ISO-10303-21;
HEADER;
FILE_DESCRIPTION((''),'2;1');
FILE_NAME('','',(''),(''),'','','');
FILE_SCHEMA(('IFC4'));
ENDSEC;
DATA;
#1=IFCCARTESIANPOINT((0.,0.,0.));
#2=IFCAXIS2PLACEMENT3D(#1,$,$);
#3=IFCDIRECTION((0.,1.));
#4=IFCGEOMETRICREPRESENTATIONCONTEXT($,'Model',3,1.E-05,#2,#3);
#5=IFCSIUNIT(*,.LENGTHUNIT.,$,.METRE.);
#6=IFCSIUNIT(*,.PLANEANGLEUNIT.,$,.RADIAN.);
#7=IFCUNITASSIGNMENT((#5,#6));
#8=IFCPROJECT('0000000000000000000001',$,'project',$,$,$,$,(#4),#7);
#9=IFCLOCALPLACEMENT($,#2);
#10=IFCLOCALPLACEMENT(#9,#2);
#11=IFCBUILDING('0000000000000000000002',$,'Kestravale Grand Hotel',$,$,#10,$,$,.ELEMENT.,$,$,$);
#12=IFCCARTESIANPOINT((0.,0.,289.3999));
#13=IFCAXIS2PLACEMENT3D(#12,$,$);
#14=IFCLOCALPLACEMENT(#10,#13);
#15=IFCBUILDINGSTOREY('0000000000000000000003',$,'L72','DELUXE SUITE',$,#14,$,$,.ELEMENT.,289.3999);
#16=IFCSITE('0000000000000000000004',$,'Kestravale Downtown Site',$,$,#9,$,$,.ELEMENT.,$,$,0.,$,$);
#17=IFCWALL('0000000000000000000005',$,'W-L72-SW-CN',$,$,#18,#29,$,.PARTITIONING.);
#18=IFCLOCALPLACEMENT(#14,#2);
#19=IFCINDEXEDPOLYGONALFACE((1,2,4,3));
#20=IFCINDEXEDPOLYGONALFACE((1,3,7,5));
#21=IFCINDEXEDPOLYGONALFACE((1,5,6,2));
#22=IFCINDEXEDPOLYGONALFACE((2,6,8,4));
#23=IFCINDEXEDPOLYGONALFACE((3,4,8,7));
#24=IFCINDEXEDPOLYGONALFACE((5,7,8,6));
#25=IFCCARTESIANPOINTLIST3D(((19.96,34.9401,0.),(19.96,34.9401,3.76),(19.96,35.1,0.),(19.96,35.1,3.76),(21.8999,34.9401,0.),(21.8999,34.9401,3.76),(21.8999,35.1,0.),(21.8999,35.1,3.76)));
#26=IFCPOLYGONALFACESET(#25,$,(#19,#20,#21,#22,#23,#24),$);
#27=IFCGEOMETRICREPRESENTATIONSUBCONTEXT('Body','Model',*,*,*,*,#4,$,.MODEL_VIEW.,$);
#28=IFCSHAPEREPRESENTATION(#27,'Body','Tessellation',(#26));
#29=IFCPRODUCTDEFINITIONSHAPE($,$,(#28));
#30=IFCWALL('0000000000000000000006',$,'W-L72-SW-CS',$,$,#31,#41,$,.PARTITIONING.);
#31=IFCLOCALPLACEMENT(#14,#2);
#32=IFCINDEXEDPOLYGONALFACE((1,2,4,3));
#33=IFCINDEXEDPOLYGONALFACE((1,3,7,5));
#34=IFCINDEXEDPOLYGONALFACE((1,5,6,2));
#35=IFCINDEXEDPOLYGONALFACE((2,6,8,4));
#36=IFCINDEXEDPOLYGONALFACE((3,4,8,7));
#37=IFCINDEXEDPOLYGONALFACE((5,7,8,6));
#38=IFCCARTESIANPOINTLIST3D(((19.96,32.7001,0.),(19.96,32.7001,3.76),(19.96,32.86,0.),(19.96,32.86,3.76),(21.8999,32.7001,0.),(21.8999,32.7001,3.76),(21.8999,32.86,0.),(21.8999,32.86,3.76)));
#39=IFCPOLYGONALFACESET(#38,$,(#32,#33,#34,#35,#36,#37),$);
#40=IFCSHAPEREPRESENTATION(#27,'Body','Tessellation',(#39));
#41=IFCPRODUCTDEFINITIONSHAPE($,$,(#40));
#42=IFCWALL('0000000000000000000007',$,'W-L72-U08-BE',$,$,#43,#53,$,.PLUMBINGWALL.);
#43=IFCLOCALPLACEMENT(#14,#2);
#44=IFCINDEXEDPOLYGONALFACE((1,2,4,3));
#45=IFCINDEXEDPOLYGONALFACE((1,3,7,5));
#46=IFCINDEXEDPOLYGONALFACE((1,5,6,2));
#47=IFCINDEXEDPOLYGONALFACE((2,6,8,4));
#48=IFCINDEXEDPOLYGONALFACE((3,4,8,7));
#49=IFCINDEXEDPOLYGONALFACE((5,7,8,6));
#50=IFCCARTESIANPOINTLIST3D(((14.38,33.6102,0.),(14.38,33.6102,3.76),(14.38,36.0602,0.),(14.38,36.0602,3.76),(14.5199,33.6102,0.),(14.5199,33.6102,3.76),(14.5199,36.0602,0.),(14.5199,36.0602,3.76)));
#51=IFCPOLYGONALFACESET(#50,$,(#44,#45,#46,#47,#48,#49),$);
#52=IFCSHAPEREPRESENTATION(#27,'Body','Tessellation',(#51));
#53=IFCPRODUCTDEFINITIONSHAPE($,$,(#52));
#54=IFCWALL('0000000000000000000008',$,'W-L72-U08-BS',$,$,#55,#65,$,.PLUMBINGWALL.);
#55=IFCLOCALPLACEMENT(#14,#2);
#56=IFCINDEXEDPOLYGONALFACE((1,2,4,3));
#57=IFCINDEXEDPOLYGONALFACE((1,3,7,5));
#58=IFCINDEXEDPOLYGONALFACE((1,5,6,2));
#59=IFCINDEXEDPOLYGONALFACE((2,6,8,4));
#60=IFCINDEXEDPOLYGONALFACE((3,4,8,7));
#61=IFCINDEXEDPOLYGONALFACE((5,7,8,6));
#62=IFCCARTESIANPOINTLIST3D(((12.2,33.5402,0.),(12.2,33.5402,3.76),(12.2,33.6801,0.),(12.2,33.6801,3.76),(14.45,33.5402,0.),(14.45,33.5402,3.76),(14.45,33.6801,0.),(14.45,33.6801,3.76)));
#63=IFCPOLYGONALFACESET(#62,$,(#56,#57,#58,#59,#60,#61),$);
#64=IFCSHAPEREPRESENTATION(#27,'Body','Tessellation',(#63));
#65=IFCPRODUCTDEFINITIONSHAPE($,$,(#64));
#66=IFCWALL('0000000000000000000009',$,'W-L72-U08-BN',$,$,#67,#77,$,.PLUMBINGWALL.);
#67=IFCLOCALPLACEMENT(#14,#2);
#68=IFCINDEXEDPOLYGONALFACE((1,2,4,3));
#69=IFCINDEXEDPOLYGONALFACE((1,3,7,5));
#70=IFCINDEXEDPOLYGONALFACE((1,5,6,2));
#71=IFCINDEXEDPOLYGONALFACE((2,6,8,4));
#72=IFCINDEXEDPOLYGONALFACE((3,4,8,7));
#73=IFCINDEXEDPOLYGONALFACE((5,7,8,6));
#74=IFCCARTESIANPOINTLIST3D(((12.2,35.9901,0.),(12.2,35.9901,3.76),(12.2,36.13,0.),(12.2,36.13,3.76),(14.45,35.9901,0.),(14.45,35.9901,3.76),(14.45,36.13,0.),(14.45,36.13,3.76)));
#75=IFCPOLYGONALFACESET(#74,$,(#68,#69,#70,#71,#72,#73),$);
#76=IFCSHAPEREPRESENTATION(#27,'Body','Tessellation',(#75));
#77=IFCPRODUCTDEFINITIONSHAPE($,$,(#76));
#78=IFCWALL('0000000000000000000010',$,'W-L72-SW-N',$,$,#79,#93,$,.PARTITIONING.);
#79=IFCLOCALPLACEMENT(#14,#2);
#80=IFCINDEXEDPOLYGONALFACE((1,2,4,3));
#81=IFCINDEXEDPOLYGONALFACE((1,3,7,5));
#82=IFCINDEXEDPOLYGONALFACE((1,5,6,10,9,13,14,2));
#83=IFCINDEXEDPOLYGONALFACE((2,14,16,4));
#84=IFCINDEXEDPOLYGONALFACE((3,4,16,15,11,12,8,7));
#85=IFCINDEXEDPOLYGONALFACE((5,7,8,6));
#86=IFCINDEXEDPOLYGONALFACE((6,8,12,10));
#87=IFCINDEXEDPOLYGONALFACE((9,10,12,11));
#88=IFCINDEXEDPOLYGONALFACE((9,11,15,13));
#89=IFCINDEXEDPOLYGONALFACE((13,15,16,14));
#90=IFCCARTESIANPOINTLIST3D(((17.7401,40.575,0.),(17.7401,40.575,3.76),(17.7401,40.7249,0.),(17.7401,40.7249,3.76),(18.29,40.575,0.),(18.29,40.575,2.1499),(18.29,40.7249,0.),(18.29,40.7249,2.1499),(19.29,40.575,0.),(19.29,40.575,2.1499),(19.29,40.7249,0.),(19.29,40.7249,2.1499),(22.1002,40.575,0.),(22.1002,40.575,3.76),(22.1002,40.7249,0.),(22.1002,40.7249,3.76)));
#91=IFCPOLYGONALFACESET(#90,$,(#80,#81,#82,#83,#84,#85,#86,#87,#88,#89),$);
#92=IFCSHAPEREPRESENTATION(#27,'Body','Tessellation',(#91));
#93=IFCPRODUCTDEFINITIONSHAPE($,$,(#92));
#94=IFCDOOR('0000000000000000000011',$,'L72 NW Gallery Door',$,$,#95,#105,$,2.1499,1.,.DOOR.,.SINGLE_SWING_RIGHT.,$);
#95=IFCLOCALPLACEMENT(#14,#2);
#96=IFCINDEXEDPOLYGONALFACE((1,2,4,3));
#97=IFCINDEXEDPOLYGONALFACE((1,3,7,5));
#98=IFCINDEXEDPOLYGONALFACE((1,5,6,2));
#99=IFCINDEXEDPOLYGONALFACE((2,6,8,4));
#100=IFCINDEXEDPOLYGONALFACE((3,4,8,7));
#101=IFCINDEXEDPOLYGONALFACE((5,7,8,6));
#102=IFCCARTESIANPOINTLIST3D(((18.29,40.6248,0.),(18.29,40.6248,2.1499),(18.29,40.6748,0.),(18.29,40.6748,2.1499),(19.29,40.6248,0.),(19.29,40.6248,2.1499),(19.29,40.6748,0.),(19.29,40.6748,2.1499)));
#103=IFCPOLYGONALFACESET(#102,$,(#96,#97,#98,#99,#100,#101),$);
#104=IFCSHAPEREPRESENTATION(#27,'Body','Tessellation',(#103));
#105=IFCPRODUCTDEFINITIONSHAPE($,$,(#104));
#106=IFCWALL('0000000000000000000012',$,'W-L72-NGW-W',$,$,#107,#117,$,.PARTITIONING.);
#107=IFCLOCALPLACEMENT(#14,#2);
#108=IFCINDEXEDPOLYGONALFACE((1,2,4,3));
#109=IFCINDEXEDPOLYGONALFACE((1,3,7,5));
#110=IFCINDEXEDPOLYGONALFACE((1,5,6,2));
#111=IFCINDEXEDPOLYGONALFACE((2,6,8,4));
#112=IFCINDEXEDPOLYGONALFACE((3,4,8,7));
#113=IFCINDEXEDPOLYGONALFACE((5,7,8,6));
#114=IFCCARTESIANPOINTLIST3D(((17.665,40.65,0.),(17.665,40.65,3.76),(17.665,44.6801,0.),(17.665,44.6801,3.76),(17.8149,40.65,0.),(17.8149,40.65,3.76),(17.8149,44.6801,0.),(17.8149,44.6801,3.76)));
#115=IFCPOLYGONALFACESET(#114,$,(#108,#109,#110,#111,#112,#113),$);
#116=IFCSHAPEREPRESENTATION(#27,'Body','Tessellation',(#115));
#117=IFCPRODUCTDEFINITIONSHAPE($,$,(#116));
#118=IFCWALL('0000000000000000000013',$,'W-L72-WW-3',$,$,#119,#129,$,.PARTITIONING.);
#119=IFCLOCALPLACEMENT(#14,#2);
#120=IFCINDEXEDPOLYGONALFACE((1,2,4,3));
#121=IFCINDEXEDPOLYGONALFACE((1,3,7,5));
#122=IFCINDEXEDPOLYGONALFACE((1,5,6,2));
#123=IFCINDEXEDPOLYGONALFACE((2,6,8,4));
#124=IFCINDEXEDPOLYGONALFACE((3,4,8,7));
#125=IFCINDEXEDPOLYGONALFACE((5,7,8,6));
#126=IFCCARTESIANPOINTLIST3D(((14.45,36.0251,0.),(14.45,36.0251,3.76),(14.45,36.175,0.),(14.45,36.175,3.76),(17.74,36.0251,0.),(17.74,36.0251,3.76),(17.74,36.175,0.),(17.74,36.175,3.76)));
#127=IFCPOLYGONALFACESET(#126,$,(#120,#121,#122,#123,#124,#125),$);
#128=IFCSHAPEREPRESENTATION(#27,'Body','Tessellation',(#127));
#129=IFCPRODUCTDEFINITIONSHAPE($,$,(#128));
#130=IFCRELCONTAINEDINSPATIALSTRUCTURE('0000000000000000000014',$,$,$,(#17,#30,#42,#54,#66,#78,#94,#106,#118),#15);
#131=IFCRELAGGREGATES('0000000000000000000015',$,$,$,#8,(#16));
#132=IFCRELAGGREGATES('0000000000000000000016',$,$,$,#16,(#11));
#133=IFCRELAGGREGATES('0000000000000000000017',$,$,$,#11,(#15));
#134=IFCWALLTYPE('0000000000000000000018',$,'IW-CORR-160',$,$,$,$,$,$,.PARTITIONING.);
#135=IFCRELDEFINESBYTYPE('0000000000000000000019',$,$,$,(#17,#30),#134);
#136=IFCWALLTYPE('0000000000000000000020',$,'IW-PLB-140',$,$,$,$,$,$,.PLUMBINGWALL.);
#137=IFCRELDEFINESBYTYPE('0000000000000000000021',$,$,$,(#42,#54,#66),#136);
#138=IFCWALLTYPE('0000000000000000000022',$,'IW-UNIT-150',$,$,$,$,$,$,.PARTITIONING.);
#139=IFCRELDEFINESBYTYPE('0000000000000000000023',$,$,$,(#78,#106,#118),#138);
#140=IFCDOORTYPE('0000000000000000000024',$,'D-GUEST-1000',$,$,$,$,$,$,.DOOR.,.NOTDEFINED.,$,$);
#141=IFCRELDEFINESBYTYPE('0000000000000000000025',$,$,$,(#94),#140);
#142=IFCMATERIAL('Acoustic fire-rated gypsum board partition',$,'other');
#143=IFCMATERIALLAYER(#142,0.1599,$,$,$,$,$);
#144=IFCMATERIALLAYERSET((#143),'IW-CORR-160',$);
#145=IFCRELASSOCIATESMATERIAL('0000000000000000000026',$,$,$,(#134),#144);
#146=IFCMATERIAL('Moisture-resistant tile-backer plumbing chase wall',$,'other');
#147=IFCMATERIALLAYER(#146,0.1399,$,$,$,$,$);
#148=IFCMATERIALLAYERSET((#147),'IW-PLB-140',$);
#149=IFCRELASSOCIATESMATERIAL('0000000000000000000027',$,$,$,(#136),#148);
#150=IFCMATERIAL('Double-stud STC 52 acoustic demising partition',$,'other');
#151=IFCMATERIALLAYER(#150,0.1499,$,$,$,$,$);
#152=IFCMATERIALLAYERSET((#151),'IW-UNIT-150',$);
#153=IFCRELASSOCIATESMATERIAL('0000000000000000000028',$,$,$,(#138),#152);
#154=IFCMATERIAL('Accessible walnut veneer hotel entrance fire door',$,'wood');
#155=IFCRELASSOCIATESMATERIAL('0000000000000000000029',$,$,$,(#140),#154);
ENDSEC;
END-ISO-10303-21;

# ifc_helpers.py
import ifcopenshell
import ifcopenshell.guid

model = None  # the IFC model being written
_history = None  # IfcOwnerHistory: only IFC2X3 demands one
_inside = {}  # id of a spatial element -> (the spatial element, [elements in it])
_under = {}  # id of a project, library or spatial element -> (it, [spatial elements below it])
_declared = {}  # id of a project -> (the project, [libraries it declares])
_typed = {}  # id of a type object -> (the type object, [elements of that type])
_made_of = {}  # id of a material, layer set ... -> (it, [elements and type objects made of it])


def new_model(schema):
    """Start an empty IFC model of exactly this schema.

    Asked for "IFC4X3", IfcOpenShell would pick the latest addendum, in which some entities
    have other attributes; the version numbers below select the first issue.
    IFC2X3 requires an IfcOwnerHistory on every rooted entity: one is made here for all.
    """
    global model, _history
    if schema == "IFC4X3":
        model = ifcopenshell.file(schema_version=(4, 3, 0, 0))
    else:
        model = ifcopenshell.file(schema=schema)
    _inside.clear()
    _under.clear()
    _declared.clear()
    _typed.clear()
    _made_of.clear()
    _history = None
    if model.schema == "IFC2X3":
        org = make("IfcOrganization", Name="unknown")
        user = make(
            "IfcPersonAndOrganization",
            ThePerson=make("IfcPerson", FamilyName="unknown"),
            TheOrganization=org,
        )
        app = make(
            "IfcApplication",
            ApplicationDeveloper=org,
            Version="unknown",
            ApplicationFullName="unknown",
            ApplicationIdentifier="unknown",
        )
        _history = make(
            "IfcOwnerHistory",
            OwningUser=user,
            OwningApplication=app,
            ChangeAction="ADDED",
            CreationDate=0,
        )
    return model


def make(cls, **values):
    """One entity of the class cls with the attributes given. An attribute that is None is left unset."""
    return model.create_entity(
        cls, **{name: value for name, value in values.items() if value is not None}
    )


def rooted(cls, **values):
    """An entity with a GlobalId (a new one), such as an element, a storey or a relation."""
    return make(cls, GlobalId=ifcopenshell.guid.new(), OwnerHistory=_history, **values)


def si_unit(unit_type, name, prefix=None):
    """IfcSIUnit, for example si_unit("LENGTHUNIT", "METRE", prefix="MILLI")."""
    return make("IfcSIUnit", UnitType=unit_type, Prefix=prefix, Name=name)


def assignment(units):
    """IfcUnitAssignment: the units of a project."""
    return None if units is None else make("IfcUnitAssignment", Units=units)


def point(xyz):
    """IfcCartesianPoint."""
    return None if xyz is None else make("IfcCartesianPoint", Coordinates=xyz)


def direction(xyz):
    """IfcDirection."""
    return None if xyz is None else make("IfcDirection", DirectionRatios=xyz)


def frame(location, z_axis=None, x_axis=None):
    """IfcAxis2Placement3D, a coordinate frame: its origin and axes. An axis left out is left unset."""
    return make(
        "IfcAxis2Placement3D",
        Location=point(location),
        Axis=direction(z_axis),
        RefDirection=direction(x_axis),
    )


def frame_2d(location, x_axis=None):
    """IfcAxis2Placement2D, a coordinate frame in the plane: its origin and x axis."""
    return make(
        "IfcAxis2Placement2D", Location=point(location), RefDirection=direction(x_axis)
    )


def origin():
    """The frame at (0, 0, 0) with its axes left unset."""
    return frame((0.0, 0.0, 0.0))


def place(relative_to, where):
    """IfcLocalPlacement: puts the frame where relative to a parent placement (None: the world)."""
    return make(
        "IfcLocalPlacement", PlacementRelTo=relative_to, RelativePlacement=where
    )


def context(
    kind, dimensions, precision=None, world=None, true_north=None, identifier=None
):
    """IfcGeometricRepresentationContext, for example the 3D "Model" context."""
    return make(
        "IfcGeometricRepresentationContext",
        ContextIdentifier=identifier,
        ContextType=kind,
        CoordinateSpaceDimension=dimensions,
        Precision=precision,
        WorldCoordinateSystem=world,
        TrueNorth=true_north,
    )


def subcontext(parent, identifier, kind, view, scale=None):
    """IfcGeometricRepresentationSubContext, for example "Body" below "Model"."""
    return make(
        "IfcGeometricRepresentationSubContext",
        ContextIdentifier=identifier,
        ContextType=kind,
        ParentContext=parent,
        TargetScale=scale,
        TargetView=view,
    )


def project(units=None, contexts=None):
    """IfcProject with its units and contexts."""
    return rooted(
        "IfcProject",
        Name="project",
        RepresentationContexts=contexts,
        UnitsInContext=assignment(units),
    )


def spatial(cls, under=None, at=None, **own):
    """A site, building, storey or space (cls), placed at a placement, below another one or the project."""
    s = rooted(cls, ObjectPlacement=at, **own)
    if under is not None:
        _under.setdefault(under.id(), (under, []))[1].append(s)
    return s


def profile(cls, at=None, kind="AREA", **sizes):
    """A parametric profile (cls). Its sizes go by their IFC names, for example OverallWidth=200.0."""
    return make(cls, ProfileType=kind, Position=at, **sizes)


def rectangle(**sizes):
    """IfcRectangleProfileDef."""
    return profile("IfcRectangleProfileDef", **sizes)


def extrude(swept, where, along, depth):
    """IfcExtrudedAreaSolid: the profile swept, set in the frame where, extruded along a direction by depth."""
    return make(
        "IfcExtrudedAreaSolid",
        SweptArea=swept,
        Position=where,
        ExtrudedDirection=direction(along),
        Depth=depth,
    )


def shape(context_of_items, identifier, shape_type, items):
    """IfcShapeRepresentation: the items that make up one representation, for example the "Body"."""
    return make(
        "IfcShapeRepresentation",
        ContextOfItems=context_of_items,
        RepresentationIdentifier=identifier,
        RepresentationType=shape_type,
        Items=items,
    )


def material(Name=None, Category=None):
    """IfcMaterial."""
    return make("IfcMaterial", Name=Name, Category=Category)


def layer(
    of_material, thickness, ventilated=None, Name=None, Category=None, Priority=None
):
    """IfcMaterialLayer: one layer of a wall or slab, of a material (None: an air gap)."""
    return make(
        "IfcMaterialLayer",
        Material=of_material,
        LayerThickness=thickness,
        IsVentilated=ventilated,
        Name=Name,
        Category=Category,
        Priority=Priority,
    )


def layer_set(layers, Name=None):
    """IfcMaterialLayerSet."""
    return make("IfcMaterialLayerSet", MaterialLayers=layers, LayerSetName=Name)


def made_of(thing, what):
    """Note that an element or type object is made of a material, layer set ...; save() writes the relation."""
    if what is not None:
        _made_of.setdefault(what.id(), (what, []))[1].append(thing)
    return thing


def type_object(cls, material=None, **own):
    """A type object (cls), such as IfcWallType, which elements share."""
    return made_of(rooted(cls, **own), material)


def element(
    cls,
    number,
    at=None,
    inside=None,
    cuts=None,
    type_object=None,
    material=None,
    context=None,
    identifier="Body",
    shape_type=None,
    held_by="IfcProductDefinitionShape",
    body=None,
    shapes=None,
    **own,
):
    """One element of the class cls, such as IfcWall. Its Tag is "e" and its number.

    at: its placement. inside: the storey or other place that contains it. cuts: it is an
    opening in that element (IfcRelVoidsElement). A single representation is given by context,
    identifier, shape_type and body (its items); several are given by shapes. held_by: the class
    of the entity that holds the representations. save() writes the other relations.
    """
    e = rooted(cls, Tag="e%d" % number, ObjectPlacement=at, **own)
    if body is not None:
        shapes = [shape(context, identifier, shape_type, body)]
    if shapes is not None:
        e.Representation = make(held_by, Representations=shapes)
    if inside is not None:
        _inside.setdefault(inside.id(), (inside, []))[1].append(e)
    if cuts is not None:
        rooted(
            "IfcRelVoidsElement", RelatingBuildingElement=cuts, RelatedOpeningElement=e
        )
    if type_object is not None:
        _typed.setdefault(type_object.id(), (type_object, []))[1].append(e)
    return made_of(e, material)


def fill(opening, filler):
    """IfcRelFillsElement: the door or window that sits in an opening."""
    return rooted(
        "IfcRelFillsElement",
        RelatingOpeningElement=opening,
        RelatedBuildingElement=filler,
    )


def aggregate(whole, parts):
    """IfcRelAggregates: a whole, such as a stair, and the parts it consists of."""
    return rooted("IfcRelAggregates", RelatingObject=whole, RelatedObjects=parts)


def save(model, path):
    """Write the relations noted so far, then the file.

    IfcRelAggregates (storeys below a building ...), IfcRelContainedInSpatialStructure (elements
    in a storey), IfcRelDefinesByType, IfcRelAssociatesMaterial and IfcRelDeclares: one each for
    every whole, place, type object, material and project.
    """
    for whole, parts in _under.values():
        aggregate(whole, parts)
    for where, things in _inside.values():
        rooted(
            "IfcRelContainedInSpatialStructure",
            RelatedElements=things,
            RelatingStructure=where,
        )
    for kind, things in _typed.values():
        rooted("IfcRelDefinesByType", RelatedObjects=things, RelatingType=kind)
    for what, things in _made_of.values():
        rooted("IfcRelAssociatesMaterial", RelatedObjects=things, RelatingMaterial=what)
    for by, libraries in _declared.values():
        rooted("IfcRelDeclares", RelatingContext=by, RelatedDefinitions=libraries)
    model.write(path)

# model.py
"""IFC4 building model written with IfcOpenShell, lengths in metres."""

from ifc_helpers import new_model, si_unit, direction, frame, frame_2d, origin, place, context, subcontext, project, spatial, rectangle, extrude, material, layer, layer_set, type_object, element, fill, save


model = new_model("IFC4")

# Units and contexts
model_context = context("Model", 3, precision=1e-05, world=origin(), true_north=direction((0.0, 1.0)))
body_context = subcontext(model_context, "Body", "Model", "MODEL_VIEW")
ifc_project = project(units=[si_unit("LENGTHUNIT", "METRE"), si_unit("PLANEANGLEUNIT", "RADIAN")], contexts=[model_context])

# Site, building, storey
site_placement = place(None, origin())
site = spatial("IfcSite", under=ifc_project, at=site_placement, Name="Kestravale Downtown Site", CompositionType="ELEMENT", RefElevation=0.0)
building_placement = place(site_placement, origin())
building = spatial("IfcBuilding", under=site, at=building_placement, Name="Kestravale Grand Hotel", CompositionType="ELEMENT")
storey_placement = place(building_placement, frame((0.0, 0.0, 289.3999)))
storey = spatial("IfcBuildingStorey", under=building, at=storey_placement, Name="L72", Description="DELUXE SUITE", CompositionType="ELEMENT", Elevation=289.3999)

# Walls
ifc_material_1 = material(Name="Acoustic fire-rated gypsum board partition", Category="other")
ifc_layer_1 = layer(ifc_material_1, 0.1599)
ifc_layer_set_1 = layer_set([ifc_layer_1], Name="IW-CORR-160")
wall_type_1 = type_object("IfcWallType", Name="IW-CORR-160", PredefinedType="PARTITIONING", material=ifc_layer_set_1)
for number, where, z_axis, x_axis, name in (
    (1, (19.96, 35.02, 0.0), (0.0, 0.0, 1.0), (1.0, 0.0, 0.0), "W-L72-SW-CN"),
    (2, (19.96, 32.78, 0.0), (0.0, 0.0, 1.0), (1.0, 0.0, 0.0), "W-L72-SW-CS"),
):
    element("IfcWall", number, at=place(storey_placement, frame(where, z_axis=z_axis, x_axis=x_axis)), inside=storey, type_object=wall_type_1, Name=name, PredefinedType="PARTITIONING", context=body_context, shape_type="SweptSolid", body=[
        extrude(rectangle(XDim=1.9399, YDim=0.1599, at=frame_2d((0.97, 0.0))), origin(), (0.0, 0.0, 1.0), 3.76),
    ])
ifc_material_2 = material(Name="Moisture-resistant tile-backer plumbing chase wall", Category="other")
ifc_layer_2 = layer(ifc_material_2, 0.1399)
ifc_layer_set_2 = layer_set([ifc_layer_2], Name="IW-PLB-140")
wall_type_2 = type_object("IfcWallType", Name="IW-PLB-140", PredefinedType="PLUMBINGWALL", material=ifc_layer_set_2)
wall_1_placement = place(storey_placement, frame((14.45, 33.6101, 0.0), z_axis=(0.0, 0.0, 1.0), x_axis=(0.0, 1.0, 0.0)))
element("IfcWall", 3, at=wall_1_placement, inside=storey, type_object=wall_type_2, Name="W-L72-U08-BE", PredefinedType="PLUMBINGWALL", context=body_context, shape_type="SweptSolid", body=[
    extrude(rectangle(XDim=2.45, YDim=0.1399, at=frame_2d((1.2251, 0.0))), origin(), (0.0, 0.0, 1.0), 3.76),
])
for number, where, z_axis, x_axis, name in (
    (4, (12.2, 33.6101, 0.0), (0.0, 0.0, 1.0), (1.0, 0.0, 0.0), "W-L72-U08-BS"),
    (5, (12.2, 36.0601, 0.0), (0.0, 0.0, 1.0), (1.0, 0.0, 0.0), "W-L72-U08-BN"),
):
    element("IfcWall", number, at=place(storey_placement, frame(where, z_axis=z_axis, x_axis=x_axis)), inside=storey, type_object=wall_type_2, Name=name, PredefinedType="PLUMBINGWALL", context=body_context, shape_type="SweptSolid", body=[
        extrude(rectangle(XDim=2.25, YDim=0.1399, at=frame_2d((1.125, 0.0))), origin(), (0.0, 0.0, 1.0), 3.76),
    ])

# Wall, opening, door
ifc_material_3 = material(Name="Double-stud STC 52 acoustic demising partition", Category="other")
ifc_layer_3 = layer(ifc_material_3, 0.1499)
ifc_layer_set_3 = layer_set([ifc_layer_3], Name="IW-UNIT-150")
wall_type_3 = type_object("IfcWallType", Name="IW-UNIT-150", PredefinedType="PARTITIONING", material=ifc_layer_set_3)
wall_2_placement = place(storey_placement, frame((17.74, 40.6499, 0.0), z_axis=(0.0, 0.0, 1.0), x_axis=(1.0, 0.0, 0.0)))
wall_2 = element("IfcWall", 6, at=wall_2_placement, inside=storey, type_object=wall_type_3, Name="W-L72-SW-N", PredefinedType="PARTITIONING", context=body_context, shape_type="SweptSolid", body=[
    extrude(rectangle(XDim=4.3601, YDim=0.1499, at=frame_2d((2.1802, 0.0))), origin(), (0.0, 0.0, 1.0), 3.76),
])
opening_1_placement = place(wall_2_placement, frame((0.55, 0.0, 0.0)))
opening_1 = element("IfcOpeningElement", 7, at=opening_1_placement, cuts=wall_2, PredefinedType="OPENING", context=body_context, shape_type="SweptSolid", body=[
    extrude(rectangle(XDim=1.0, YDim=2.1499, at=frame_2d((0.5, 1.075))), frame((0.0, 0.085, 0.0), z_axis=(0.0, -1.0, 0.0), x_axis=(1.0, 0.0, 0.0)), (0.0, 0.0, 1.0), 0.1699),
])
ifc_material_4 = material(Name="Accessible walnut veneer hotel entrance fire door", Category="wood")
door_type_1 = type_object("IfcDoorType", Name="D-GUEST-1000", OperationType="NOTDEFINED", PredefinedType="DOOR", material=ifc_material_4)
door_1_placement = place(opening_1_placement, origin())
door_1 = element("IfcDoor", 8, at=door_1_placement, inside=storey, type_object=door_type_1, Name="L72 NW Gallery Door", OperationType="SINGLE_SWING_RIGHT", OverallHeight=2.1499, OverallWidth=1.0, PredefinedType="DOOR", context=body_context, shape_type="SweptSolid", body=[
    extrude(rectangle(XDim=1.0, YDim=2.1499, at=frame_2d((0.5, 1.075))), frame((0.0, 0.0249, 0.0), z_axis=(0.0, -1.0, 0.0), x_axis=(1.0, 0.0, 0.0)), (0.0, 0.0, 1.0), 0.05),
])
fill(opening_1, door_1)

# Walls
wall_3_placement = place(storey_placement, frame((17.74, 40.6499, 0.0), z_axis=(0.0, 0.0, 1.0), x_axis=(0.0, 1.0, 0.0)))
element("IfcWall", 9, at=wall_3_placement, inside=storey, type_object=wall_type_3, Name="W-L72-NGW-W", PredefinedType="PARTITIONING", context=body_context, shape_type="SweptSolid", body=[
    extrude(rectangle(XDim=4.03, YDim=0.1499, at=frame_2d((2.0151, 0.0))), origin(), (0.0, 0.0, 1.0), 3.76),
])
wall_4_placement = place(storey_placement, frame((14.45, 36.1001, 0.0), z_axis=(0.0, 0.0, 1.0), x_axis=(1.0, 0.0, 0.0)))
element("IfcWall", 10, at=wall_4_placement, inside=storey, type_object=wall_type_3, Name="W-L72-WW-3", PredefinedType="PARTITIONING", context=body_context, shape_type="SweptSolid", body=[
    extrude(rectangle(XDim=3.29, YDim=0.1499, at=frame_2d((1.645, 0.0))), origin(), (0.0, 0.0, 1.0), 3.76),
])

save(model, "model.ifc")
